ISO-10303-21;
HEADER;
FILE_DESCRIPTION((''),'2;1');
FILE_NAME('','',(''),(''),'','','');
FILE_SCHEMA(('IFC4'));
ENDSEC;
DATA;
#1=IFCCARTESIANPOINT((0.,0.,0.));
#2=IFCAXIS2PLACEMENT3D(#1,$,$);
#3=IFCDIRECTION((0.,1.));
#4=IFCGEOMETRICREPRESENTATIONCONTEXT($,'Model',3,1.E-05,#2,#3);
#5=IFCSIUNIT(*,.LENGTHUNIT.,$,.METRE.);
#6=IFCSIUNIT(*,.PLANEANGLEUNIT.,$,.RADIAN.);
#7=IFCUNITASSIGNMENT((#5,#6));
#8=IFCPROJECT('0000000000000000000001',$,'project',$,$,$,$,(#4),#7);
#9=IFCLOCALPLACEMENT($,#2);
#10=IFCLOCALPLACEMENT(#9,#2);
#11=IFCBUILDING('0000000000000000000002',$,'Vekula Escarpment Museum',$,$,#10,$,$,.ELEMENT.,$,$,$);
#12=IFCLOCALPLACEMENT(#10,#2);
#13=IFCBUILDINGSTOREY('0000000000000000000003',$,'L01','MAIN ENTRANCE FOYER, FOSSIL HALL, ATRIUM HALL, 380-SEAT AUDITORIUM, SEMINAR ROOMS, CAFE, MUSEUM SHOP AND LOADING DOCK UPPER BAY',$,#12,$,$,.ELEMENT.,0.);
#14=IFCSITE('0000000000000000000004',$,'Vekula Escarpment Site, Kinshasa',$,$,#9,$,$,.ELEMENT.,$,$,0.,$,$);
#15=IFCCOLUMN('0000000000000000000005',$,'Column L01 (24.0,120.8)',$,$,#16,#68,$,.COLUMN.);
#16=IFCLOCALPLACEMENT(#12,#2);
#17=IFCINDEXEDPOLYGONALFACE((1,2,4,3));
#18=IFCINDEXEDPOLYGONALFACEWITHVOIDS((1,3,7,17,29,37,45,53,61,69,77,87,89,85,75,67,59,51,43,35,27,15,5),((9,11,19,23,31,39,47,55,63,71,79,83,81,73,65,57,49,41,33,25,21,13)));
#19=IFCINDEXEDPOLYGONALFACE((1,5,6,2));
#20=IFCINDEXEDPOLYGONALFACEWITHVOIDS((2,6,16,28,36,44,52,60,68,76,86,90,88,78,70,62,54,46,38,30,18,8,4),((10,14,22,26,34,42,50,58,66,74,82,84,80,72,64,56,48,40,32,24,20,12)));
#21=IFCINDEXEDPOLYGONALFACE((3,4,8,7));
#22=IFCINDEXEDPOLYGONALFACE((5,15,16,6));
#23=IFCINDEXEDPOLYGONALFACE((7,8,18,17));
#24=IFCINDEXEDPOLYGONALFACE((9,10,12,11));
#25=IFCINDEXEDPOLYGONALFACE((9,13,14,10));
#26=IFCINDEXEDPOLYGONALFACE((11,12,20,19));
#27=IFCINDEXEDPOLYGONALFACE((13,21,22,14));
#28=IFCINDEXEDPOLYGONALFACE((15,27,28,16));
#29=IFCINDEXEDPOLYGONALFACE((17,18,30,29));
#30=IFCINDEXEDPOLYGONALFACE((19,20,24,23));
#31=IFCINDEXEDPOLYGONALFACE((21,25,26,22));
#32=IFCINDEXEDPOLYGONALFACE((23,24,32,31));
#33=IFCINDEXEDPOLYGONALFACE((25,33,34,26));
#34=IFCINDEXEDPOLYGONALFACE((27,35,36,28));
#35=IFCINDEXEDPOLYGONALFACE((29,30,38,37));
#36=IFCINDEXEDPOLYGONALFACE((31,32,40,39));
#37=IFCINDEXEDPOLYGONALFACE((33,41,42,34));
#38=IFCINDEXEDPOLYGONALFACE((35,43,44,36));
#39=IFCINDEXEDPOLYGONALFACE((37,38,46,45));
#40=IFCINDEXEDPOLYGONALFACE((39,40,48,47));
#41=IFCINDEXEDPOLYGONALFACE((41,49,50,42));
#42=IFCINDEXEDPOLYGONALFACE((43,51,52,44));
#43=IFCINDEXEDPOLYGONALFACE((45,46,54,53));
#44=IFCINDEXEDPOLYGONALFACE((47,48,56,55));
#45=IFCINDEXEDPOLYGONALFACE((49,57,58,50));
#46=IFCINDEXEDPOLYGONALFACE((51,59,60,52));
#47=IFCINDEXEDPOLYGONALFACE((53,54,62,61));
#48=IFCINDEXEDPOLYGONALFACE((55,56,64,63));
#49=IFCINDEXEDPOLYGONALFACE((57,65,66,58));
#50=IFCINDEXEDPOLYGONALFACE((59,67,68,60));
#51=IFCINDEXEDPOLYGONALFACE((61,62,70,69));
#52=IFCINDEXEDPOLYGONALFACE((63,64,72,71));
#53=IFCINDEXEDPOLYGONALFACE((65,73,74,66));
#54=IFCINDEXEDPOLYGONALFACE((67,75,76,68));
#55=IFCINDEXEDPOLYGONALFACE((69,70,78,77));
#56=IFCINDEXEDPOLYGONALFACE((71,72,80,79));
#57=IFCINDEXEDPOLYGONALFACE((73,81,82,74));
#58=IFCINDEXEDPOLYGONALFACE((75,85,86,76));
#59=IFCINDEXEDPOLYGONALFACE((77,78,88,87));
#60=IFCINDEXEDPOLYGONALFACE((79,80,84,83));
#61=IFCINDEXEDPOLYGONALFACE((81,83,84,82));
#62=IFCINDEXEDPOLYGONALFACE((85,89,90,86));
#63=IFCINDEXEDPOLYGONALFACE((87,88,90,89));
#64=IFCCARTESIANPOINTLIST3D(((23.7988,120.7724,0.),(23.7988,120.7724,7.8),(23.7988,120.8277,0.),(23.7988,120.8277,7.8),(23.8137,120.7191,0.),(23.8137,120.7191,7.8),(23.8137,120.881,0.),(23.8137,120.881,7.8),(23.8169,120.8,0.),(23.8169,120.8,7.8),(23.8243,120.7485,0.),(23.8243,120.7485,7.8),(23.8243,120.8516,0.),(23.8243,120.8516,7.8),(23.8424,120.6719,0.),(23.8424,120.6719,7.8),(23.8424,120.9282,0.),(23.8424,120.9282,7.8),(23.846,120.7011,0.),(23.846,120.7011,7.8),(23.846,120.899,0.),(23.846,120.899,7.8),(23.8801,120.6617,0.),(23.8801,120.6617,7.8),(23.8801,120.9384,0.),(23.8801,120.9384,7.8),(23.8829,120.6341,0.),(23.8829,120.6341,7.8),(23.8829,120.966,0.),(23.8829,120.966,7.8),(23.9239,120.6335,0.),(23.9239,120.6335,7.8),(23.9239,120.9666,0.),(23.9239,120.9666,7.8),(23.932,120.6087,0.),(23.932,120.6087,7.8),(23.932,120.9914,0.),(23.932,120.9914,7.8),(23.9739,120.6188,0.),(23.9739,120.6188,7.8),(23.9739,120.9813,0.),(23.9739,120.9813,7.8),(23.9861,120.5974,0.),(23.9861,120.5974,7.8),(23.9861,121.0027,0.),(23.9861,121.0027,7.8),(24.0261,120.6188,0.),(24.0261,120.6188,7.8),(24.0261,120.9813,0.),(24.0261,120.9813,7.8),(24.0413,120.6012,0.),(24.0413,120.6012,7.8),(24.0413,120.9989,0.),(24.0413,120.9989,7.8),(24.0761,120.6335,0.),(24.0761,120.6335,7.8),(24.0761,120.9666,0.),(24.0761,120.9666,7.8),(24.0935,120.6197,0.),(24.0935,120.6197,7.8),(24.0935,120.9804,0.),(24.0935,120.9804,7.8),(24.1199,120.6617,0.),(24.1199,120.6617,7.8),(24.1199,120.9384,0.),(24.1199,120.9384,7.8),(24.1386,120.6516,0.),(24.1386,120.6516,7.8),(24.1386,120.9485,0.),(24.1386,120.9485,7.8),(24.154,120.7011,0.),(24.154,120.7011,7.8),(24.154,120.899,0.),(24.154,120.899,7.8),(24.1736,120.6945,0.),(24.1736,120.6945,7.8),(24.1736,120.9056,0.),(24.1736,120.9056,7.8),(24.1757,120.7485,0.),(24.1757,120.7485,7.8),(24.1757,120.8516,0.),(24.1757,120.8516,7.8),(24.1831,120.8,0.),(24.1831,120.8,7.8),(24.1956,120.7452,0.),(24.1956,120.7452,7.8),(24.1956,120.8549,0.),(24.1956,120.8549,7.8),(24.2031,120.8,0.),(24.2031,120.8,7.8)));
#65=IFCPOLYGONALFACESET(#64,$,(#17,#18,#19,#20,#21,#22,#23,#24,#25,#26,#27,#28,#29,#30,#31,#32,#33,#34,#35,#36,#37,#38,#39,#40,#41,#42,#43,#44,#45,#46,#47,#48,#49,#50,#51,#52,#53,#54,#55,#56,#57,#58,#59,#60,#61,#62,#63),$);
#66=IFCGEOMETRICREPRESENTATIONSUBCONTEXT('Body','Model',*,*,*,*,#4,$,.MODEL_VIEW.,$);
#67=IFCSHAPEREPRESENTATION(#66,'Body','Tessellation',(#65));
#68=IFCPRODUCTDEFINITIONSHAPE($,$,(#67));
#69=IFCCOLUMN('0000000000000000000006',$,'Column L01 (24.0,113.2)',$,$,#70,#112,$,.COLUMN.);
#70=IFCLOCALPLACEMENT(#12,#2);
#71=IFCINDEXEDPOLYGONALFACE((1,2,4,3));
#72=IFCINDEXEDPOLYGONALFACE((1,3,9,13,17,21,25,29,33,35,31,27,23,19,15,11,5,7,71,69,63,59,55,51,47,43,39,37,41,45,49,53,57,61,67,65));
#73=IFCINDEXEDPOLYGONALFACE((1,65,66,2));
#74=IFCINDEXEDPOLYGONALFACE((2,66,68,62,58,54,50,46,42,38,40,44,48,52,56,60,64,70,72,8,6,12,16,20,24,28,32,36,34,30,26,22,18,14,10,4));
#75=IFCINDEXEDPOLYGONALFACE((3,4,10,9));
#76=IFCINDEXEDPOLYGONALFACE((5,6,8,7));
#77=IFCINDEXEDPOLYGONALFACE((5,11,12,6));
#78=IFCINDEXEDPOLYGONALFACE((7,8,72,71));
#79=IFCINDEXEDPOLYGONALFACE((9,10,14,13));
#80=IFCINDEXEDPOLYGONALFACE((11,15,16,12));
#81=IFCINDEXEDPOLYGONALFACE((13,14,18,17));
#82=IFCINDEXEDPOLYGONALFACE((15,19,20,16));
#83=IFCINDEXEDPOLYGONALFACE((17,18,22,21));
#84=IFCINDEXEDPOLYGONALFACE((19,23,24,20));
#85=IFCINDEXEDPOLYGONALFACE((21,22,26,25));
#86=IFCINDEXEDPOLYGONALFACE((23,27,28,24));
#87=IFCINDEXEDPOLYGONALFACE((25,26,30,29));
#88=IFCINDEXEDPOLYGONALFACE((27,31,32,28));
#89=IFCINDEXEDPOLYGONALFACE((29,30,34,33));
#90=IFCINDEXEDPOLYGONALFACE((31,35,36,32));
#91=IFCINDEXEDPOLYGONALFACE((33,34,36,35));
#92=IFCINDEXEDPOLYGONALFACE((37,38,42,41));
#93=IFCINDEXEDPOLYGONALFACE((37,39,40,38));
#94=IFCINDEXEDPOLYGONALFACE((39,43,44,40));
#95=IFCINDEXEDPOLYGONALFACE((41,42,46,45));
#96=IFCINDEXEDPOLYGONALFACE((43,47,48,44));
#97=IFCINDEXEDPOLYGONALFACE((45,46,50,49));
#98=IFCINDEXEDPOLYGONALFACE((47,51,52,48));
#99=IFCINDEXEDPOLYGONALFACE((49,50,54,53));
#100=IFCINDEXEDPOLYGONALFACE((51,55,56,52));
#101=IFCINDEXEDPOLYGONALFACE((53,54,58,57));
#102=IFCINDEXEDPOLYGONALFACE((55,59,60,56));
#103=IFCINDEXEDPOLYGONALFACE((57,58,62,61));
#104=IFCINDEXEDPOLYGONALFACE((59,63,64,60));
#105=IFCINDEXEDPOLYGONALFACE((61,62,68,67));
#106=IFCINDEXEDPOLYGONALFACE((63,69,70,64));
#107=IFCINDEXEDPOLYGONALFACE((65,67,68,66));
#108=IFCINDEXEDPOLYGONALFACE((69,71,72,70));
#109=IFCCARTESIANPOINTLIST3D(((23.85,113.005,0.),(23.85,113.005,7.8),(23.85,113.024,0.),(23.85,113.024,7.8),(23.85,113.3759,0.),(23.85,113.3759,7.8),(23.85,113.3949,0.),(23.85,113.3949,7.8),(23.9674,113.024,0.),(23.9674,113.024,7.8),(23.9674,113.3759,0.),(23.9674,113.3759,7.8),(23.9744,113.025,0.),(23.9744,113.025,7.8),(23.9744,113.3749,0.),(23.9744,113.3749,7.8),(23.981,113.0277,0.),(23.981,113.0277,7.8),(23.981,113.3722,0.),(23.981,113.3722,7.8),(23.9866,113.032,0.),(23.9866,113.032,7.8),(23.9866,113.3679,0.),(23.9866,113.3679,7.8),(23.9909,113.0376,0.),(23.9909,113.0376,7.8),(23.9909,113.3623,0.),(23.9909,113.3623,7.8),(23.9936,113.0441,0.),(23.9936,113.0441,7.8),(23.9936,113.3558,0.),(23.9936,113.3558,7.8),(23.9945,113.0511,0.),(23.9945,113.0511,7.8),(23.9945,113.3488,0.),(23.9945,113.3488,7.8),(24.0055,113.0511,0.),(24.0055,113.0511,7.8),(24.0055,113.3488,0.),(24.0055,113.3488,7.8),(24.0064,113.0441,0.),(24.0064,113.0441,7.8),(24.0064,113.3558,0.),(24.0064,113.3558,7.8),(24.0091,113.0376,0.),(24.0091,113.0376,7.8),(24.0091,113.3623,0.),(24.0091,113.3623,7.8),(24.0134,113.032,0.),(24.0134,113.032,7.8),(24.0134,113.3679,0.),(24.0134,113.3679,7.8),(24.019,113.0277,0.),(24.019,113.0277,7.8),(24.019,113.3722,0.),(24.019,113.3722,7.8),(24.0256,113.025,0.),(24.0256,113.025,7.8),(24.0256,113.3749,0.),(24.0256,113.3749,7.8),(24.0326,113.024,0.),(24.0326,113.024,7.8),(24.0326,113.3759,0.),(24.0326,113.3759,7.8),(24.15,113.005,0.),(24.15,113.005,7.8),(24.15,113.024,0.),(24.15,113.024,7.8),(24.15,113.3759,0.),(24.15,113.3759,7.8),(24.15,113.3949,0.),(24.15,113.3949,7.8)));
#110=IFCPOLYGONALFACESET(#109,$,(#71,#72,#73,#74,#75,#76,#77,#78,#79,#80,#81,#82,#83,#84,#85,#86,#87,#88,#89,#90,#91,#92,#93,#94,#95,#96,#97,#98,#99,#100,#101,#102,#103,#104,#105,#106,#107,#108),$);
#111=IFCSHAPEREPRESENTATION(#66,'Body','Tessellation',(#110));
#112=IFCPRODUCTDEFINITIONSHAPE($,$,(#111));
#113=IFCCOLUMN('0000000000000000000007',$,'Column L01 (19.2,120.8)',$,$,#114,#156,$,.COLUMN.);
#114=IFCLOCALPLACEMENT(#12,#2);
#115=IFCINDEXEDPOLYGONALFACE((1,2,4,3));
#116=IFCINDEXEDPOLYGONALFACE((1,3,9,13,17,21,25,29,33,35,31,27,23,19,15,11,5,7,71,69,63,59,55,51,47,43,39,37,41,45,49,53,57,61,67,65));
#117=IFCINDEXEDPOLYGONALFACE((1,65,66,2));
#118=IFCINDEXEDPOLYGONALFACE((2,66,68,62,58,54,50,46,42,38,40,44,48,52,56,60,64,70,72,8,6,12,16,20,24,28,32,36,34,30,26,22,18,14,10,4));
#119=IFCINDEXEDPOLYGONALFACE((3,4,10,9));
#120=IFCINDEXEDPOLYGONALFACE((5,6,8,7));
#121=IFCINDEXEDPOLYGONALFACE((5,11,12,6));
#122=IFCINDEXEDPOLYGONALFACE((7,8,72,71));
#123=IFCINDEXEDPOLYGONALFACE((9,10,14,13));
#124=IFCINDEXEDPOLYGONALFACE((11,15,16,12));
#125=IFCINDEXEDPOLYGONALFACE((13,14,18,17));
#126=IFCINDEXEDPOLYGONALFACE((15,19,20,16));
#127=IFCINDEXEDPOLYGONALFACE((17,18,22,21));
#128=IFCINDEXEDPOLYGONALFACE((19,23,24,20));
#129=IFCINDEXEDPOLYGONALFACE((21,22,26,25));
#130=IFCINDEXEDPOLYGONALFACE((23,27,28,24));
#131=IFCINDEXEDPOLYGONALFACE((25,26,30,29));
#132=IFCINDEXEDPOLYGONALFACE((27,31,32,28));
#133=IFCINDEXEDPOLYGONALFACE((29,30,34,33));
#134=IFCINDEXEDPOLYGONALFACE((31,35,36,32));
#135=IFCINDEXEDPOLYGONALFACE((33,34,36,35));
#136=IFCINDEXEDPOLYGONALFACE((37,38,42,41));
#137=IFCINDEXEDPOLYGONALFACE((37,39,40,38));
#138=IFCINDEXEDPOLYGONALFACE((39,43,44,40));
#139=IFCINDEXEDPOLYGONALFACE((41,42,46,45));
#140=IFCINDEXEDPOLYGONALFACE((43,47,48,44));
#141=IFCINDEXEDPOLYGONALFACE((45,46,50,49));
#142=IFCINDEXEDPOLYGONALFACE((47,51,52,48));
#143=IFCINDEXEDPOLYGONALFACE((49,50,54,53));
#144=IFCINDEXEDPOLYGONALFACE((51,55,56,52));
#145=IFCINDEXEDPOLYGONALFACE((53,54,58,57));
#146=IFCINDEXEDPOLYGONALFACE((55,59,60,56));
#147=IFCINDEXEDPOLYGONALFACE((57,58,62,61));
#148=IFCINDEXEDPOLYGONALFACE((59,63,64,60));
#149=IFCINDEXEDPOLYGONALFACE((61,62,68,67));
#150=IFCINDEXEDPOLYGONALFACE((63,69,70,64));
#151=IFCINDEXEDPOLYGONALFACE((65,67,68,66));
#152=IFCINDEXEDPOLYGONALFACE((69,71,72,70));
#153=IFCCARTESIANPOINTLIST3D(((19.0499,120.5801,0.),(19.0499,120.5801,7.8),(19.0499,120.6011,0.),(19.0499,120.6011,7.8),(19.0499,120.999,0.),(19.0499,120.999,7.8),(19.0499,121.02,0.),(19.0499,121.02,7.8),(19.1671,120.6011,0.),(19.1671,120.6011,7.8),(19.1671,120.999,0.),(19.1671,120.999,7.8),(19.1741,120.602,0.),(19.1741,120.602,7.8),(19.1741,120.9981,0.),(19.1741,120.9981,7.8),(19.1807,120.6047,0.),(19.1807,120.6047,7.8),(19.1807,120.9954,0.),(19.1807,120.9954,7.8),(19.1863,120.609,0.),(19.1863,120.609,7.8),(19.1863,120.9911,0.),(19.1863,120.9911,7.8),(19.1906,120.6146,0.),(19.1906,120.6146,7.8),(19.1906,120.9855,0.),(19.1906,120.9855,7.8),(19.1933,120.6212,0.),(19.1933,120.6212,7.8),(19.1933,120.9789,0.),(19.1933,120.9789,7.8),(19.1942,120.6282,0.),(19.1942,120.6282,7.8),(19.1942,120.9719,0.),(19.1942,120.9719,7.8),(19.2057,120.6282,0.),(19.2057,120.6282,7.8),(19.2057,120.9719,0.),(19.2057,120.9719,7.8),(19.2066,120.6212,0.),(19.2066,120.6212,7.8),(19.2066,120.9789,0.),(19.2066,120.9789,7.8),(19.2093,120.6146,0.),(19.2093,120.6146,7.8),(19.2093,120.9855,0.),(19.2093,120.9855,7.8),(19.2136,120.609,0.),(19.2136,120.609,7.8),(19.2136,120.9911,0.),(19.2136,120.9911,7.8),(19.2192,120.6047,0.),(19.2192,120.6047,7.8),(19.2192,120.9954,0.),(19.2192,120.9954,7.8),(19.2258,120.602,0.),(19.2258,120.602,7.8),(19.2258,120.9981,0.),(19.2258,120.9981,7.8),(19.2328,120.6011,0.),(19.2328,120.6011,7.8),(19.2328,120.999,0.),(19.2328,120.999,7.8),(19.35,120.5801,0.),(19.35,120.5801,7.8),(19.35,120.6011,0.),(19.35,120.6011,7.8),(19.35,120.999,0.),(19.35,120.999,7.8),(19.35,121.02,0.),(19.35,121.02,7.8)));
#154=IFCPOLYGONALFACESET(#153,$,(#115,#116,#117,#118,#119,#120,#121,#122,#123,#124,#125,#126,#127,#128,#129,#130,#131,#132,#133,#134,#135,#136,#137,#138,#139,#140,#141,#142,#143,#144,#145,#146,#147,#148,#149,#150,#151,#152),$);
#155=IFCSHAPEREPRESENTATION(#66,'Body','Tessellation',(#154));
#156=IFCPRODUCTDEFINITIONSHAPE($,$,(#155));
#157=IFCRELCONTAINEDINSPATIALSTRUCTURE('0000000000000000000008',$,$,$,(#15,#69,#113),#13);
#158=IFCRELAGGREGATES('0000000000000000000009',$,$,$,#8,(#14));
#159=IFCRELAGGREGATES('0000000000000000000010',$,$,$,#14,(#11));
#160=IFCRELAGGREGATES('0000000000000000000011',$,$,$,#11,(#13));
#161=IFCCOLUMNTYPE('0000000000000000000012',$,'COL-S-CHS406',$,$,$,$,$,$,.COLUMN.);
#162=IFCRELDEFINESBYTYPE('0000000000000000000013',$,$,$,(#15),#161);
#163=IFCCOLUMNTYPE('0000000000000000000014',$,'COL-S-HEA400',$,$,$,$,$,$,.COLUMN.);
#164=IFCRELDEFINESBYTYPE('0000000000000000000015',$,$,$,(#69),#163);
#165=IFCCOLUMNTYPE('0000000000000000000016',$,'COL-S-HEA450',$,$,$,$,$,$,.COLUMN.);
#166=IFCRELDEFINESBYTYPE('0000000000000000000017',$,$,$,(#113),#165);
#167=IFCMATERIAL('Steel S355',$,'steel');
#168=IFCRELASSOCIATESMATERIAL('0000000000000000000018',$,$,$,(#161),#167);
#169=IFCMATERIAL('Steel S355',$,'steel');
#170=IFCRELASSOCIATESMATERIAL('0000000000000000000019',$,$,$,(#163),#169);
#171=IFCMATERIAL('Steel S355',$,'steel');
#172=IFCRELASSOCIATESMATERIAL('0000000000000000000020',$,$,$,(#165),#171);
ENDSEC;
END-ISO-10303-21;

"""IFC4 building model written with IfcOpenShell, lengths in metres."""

from ifc_helpers import new_model, si_unit, direction, frame, origin, origin_2d, place, context, subcontext, project, spatial, hollow_circle, i_section, extrude, material, material_profile, profile_set, type_object, element, save


model = new_model("IFC4")

# Units and contexts
model_context = context("Model", 3, precision=1e-05, world=origin(), true_north=direction((0.0, 1.0)))
body_context = subcontext(model_context, "Body", "Model", "MODEL_VIEW")
ifc_project = project(units=[si_unit("LENGTHUNIT", "METRE"), si_unit("PLANEANGLEUNIT", "RADIAN")], contexts=[model_context])

# Site, building, storey
site_placement = place(None, origin())
site = spatial("IfcSite", under=ifc_project, at=site_placement, Name="Vekula Escarpment Site, Kinshasa", CompositionType="ELEMENT", RefElevation=0.0)
building_placement = place(site_placement, origin())
building = spatial("IfcBuilding", under=site, at=building_placement, Name="Vekula Escarpment Museum", CompositionType="ELEMENT")
storey_placement = place(building_placement, origin())
storey = spatial("IfcBuildingStorey", under=building, at=storey_placement, Name="L01", Description="MAIN ENTRANCE FOYER, FOSSIL HALL, ATRIUM HALL, 380-SEAT AUDITORIUM, SEMINAR ROOMS, CAFE, MUSEUM SHOP AND LOADING DOCK UPPER BAY", CompositionType="ELEMENT", Elevation=0.0)

# Columns
ifc_material_1 = material(Name="Steel S355", Category="steel")
ifc_material_profile_1 = material_profile(ifc_material_1, hollow_circle(Radius=0.2031, WallThickness=0.02, at=origin_2d()), Name="CHS 406.4x20")
ifc_profile_set_1 = profile_set([ifc_material_profile_1], Name="Steel S355")
column_type_1 = type_object("IfcColumnType", Name="COL-S-CHS406", PredefinedType="COLUMN", material=ifc_profile_set_1)
column_1_placement = place(storey_placement, frame((24.0, 120.8, 0.0), z_axis=(0.0, 0.0, 1.0), x_axis=(1.0, 0.0, 0.0)))
element("IfcColumn", 1, at=column_1_placement, inside=storey, type_object=column_type_1, Name="Column L01 (24.0,120.8)", PredefinedType="COLUMN", context=body_context, shape_type="SweptSolid", body=[
    extrude(hollow_circle(Radius=0.2031, WallThickness=0.02, at=origin_2d()), origin(), (0.0, 0.0, 1.0), 7.8),
])
ifc_material_2 = material(Name="Steel S355", Category="steel")
ifc_material_profile_2 = material_profile(ifc_material_2, i_section(OverallWidth=0.3, OverallDepth=0.3899, WebThickness=0.011, FlangeThickness=0.019, FilletRadius=0.0271, at=origin_2d()), Name="HEA 400")
ifc_profile_set_2 = profile_set([ifc_material_profile_2], Name="Steel S355")
column_type_2 = type_object("IfcColumnType", Name="COL-S-HEA400", PredefinedType="COLUMN", material=ifc_profile_set_2)
column_2_placement = place(storey_placement, frame((24.0, 113.2, 0.0), z_axis=(0.0, 0.0, 1.0), x_axis=(1.0, 0.0, 0.0)))
element("IfcColumn", 2, at=column_2_placement, inside=storey, type_object=column_type_2, Name="Column L01 (24.0,113.2)", PredefinedType="COLUMN", context=body_context, shape_type="SweptSolid", body=[
    extrude(i_section(OverallWidth=0.3, OverallDepth=0.3899, WebThickness=0.011, FlangeThickness=0.019, FilletRadius=0.0271, at=origin_2d()), origin(), (0.0, 0.0, 1.0), 7.8),
])
ifc_material_3 = material(Name="Steel S355", Category="steel")
ifc_material_profile_3 = material_profile(ifc_material_3, i_section(OverallWidth=0.3, OverallDepth=0.4399, WebThickness=0.0115, FlangeThickness=0.021, FilletRadius=0.0271, at=origin_2d()), Name="HEA 450")
ifc_profile_set_3 = profile_set([ifc_material_profile_3], Name="Steel S355")
column_type_3 = type_object("IfcColumnType", Name="COL-S-HEA450", PredefinedType="COLUMN", material=ifc_profile_set_3)
column_3_placement = place(storey_placement, frame((19.2, 120.8, 0.0), z_axis=(0.0, 0.0, 1.0), x_axis=(1.0, 0.0, 0.0)))
element("IfcColumn", 3, at=column_3_placement, inside=storey, type_object=column_type_3, Name="Column L01 (19.2,120.8)", PredefinedType="COLUMN", context=body_context, shape_type="SweptSolid", body=[
    extrude(i_section(OverallWidth=0.3, OverallDepth=0.4399, WebThickness=0.0115, FlangeThickness=0.021, FilletRadius=0.0271, at=origin_2d()), origin(), (0.0, 0.0, 1.0), 7.8),
])

save(model, "model.ifc")
